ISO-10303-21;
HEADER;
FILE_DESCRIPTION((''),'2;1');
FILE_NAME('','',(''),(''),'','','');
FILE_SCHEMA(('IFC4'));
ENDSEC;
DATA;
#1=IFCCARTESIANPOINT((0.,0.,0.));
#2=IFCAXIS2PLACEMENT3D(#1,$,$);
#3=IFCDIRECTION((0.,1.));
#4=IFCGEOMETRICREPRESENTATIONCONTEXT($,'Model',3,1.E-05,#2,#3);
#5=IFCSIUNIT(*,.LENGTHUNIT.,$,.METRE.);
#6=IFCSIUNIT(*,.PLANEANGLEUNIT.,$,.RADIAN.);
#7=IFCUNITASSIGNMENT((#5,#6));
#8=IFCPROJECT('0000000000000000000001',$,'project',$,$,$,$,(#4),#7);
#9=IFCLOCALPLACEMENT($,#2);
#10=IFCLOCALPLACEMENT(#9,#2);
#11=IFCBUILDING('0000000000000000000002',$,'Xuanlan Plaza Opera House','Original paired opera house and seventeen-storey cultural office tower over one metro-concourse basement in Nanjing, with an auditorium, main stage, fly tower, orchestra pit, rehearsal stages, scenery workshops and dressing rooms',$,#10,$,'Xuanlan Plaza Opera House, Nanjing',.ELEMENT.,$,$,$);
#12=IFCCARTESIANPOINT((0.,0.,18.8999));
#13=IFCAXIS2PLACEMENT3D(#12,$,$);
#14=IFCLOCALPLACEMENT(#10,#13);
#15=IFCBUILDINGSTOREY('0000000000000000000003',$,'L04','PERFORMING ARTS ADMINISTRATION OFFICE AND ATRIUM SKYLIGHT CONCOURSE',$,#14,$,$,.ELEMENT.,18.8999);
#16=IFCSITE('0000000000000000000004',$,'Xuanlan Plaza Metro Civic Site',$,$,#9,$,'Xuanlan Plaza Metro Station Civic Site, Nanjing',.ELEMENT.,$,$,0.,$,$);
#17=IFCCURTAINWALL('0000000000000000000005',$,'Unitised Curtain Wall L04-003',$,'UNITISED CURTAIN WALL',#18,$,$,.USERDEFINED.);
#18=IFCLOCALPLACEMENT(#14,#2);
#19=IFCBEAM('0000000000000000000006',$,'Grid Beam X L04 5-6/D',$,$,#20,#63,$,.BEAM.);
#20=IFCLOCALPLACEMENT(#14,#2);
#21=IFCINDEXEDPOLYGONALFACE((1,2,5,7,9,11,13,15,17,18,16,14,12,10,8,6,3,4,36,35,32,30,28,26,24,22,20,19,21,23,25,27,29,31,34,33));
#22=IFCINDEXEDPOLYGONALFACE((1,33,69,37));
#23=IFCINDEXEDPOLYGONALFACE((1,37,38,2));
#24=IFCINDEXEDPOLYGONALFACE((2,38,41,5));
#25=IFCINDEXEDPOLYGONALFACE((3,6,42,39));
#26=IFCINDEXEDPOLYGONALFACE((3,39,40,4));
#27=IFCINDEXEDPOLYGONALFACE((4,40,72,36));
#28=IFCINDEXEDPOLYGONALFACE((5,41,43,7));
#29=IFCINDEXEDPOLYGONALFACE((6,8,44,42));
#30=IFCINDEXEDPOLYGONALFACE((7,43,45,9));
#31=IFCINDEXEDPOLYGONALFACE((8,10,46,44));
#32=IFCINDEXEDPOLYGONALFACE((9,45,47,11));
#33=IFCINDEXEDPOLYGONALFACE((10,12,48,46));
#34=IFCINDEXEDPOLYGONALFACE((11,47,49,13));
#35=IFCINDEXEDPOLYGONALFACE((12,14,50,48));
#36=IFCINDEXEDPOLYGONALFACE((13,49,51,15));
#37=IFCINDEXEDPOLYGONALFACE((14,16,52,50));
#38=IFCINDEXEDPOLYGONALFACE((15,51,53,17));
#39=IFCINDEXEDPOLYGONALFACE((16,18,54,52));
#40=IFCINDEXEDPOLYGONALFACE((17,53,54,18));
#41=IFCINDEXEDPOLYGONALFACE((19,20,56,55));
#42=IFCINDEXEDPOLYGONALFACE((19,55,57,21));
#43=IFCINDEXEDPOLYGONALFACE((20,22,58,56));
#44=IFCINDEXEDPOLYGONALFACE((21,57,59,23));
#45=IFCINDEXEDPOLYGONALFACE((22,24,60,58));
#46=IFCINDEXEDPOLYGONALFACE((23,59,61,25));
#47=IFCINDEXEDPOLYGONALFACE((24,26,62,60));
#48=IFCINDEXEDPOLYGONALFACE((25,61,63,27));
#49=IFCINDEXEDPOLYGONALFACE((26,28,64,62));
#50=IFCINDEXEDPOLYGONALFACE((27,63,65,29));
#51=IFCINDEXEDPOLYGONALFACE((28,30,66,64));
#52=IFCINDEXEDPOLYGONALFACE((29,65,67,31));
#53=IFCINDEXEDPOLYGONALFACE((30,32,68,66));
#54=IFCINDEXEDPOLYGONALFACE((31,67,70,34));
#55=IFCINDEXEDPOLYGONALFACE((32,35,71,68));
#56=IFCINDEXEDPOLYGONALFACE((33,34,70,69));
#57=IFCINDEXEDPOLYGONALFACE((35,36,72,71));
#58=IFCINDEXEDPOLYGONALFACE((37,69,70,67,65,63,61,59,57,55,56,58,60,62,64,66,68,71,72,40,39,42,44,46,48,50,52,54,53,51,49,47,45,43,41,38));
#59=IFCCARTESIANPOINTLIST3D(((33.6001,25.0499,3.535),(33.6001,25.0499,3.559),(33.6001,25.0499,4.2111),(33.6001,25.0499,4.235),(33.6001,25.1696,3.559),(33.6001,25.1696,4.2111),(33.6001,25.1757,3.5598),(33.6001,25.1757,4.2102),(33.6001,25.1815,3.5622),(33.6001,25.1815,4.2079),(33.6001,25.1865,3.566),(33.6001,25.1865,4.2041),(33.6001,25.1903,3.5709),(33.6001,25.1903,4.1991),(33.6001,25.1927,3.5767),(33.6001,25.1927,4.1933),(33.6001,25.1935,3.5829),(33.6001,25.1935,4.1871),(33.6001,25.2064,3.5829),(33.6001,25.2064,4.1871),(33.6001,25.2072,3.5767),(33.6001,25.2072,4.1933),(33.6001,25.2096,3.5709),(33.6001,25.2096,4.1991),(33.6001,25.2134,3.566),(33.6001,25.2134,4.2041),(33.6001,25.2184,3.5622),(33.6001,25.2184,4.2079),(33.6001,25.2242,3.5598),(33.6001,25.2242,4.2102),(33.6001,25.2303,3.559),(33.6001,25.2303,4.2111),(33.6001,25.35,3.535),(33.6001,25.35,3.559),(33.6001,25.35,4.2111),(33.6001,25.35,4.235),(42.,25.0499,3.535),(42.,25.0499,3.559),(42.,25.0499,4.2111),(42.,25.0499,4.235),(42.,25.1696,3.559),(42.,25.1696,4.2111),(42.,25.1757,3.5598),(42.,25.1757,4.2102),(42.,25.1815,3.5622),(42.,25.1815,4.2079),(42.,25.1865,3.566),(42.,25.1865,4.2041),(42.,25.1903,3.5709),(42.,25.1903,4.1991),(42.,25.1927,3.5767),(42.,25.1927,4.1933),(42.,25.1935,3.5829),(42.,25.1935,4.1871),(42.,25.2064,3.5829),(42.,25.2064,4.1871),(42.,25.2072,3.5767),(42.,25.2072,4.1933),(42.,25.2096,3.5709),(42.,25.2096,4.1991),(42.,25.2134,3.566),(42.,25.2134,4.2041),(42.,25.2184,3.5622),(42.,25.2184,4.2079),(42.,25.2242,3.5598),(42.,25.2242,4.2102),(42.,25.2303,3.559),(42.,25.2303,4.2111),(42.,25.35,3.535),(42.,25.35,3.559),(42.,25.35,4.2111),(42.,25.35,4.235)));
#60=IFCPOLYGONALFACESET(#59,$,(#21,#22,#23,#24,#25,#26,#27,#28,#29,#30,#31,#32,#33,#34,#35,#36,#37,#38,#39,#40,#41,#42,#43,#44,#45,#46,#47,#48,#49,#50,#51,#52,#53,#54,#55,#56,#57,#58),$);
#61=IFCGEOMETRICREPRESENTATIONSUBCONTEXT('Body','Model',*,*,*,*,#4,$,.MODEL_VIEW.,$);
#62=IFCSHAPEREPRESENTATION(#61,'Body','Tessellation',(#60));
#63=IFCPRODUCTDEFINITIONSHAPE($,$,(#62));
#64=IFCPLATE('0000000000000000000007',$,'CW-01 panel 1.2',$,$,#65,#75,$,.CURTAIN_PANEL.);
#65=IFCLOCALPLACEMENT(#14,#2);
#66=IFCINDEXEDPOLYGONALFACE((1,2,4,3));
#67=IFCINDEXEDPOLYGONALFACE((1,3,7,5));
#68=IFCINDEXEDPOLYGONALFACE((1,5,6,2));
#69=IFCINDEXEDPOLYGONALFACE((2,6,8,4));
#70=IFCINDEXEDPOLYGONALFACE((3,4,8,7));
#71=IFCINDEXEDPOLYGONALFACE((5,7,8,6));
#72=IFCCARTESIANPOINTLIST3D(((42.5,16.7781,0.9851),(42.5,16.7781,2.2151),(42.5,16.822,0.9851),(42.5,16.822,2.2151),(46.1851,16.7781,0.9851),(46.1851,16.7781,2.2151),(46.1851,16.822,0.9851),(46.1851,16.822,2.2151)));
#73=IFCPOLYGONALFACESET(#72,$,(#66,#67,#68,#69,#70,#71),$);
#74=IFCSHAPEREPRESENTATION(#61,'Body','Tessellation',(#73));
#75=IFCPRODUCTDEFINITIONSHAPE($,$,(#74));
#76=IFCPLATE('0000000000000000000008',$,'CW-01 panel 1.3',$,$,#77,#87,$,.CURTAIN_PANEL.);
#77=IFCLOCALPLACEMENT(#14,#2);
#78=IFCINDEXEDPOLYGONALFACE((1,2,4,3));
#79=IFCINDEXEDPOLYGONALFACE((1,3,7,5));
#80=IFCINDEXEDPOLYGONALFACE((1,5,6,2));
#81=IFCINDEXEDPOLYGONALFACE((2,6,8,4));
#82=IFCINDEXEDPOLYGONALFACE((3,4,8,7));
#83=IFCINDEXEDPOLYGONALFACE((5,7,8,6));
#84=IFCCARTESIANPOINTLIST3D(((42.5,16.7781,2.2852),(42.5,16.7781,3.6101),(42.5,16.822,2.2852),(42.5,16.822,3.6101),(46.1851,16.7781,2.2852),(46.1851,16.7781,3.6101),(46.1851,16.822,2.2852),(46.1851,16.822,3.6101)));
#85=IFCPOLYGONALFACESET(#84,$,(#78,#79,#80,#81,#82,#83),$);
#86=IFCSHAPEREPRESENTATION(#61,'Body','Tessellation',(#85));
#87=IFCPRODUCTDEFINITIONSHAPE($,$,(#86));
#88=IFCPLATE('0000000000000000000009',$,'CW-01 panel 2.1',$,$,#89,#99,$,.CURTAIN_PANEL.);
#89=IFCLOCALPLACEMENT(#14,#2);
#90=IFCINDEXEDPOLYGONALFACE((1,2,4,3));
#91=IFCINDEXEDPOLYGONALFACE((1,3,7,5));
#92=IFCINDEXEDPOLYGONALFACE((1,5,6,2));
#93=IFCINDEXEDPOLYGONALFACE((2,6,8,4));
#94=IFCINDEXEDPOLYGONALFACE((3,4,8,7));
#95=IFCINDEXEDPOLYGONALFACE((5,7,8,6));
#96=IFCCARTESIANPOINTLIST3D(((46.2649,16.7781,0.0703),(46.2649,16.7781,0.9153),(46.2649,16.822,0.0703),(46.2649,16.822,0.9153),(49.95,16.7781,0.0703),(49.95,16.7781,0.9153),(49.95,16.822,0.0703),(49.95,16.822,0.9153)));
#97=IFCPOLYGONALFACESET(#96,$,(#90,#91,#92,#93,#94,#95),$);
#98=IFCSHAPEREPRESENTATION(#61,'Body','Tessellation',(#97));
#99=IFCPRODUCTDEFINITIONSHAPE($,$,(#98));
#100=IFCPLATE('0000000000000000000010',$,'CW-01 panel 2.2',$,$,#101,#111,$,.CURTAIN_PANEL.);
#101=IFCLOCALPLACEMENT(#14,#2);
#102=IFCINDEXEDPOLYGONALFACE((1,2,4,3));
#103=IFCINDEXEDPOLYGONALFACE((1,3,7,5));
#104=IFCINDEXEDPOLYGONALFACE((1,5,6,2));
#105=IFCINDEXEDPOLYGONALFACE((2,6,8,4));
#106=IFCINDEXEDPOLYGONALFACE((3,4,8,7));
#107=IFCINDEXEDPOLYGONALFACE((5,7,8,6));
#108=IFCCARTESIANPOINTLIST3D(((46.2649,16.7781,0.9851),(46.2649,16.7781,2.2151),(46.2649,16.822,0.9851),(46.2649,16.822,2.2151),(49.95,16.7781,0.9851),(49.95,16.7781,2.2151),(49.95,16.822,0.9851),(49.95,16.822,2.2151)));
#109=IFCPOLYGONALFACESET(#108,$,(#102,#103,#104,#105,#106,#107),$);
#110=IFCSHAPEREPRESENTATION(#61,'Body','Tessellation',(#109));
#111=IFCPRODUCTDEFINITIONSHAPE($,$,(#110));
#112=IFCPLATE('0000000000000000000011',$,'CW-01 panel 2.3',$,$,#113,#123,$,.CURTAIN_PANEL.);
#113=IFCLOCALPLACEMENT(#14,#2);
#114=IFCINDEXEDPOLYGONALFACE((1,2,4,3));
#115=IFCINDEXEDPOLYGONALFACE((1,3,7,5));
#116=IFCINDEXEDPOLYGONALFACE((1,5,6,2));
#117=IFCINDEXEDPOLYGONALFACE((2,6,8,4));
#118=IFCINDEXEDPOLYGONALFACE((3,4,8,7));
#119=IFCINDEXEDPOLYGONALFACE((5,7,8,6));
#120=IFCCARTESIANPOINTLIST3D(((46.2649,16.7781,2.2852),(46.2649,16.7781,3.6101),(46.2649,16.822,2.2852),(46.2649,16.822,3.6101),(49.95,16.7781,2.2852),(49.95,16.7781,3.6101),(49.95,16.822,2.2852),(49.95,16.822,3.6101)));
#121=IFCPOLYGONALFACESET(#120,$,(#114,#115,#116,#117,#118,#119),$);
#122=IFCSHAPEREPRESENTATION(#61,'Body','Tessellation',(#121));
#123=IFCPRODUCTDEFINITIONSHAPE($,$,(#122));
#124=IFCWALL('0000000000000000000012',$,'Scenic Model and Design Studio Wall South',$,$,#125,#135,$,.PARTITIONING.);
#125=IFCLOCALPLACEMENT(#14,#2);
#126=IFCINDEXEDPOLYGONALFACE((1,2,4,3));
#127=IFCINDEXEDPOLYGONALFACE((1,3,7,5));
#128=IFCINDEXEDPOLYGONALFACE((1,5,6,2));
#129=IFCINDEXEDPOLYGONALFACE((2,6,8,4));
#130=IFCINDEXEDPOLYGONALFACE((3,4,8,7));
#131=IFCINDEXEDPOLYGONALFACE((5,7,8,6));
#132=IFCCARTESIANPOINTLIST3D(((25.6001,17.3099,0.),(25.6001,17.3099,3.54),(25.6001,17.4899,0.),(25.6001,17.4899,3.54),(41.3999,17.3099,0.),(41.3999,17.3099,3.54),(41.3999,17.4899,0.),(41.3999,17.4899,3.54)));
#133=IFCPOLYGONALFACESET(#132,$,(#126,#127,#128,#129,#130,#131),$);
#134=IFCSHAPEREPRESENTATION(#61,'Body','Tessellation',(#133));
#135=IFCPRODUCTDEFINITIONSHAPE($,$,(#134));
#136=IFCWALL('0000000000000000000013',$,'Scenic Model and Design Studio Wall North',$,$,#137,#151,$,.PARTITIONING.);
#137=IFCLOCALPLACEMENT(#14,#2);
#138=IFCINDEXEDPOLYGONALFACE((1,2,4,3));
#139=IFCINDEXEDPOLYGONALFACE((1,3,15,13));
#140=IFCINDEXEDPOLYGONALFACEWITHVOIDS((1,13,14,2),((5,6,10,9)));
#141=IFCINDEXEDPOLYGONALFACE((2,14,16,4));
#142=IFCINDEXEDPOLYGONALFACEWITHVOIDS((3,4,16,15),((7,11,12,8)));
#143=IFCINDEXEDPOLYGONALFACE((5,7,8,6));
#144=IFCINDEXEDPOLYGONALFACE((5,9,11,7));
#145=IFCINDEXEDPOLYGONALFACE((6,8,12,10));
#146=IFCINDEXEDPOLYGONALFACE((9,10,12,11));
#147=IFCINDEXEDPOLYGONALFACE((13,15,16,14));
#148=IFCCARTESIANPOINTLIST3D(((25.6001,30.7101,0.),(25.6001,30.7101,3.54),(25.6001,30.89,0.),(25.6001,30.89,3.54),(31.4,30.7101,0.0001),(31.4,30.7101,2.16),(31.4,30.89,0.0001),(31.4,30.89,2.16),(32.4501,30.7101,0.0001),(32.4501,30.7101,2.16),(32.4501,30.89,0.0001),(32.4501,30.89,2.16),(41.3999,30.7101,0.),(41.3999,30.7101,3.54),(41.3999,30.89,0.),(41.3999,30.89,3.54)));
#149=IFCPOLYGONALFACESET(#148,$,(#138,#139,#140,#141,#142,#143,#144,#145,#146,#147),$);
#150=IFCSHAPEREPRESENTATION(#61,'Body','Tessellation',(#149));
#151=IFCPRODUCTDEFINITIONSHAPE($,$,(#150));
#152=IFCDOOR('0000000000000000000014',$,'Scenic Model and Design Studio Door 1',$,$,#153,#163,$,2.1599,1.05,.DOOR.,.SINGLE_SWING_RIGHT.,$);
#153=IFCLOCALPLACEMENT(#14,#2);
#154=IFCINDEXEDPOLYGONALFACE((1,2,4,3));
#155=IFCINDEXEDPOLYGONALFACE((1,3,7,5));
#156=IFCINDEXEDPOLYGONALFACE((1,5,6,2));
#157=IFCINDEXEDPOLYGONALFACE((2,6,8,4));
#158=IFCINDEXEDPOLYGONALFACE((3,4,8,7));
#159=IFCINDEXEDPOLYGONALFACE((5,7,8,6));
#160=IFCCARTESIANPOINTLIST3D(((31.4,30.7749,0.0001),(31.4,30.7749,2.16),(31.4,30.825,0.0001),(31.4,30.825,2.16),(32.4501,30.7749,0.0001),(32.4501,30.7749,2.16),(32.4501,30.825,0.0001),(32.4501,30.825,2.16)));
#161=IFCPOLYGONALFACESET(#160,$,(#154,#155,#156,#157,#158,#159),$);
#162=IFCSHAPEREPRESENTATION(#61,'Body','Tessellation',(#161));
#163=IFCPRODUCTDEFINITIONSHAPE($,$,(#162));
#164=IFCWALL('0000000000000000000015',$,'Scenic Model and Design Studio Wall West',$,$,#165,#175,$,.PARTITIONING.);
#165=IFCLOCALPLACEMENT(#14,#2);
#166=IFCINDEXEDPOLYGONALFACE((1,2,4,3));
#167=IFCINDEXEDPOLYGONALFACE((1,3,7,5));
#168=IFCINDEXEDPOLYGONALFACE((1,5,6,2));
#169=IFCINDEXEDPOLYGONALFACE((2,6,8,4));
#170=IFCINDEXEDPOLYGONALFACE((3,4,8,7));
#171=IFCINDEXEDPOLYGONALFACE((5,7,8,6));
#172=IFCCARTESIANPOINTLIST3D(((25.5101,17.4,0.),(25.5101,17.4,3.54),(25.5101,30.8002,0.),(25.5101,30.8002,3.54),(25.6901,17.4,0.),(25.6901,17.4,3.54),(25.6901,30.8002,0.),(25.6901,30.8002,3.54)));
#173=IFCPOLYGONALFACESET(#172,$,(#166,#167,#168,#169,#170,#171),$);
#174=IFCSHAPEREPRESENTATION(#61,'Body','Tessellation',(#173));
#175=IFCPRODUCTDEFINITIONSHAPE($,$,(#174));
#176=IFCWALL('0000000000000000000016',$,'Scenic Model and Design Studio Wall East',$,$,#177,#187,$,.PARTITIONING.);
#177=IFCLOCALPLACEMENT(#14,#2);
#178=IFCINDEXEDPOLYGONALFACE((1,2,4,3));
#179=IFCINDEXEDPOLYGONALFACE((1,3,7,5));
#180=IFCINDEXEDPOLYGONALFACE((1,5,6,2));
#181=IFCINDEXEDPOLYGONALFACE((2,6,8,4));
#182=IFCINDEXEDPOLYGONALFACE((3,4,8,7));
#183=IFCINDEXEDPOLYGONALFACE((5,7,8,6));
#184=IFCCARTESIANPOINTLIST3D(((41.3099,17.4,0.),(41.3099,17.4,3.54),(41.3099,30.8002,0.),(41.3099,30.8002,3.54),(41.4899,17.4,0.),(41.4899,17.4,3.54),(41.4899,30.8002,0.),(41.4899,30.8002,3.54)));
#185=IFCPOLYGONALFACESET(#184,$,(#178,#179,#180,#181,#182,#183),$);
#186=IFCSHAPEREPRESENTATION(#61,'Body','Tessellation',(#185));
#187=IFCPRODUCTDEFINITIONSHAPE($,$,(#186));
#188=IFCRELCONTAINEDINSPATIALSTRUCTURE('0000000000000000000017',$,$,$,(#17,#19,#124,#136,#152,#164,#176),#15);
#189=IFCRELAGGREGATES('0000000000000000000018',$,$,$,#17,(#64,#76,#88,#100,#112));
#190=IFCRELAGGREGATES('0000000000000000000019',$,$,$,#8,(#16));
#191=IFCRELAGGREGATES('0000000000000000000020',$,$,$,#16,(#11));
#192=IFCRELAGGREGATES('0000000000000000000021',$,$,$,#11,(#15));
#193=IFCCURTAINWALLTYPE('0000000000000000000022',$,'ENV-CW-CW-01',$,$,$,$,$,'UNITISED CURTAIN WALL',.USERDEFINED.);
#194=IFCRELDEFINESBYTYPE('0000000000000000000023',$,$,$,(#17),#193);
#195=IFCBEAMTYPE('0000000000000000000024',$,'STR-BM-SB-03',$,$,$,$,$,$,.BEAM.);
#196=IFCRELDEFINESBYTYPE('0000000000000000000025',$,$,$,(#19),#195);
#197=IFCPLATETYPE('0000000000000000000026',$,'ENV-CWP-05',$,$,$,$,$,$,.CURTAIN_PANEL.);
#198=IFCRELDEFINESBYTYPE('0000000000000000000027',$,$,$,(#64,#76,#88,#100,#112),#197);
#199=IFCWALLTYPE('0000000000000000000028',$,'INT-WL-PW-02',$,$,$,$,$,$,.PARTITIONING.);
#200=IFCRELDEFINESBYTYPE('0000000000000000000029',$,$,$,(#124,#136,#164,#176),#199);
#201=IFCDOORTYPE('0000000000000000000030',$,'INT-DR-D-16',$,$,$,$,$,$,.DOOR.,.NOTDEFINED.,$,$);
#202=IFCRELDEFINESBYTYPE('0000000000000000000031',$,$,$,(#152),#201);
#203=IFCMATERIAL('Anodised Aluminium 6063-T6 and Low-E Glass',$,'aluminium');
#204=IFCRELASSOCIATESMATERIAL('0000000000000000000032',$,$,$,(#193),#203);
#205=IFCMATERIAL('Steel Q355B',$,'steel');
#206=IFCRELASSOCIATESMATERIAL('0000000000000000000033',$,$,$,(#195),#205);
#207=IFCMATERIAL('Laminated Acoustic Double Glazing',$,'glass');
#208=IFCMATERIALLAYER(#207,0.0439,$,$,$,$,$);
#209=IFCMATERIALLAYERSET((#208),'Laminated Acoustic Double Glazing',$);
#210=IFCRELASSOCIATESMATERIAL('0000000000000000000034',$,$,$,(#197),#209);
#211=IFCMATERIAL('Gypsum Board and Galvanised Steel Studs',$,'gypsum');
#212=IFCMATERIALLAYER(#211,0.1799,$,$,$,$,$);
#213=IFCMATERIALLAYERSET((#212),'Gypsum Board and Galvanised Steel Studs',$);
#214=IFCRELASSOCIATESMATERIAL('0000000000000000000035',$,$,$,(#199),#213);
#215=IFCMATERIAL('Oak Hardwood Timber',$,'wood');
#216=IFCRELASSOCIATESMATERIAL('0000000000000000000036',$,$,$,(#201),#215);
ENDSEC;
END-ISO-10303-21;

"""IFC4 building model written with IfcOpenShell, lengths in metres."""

from ifc_helpers import new_model, si_unit, direction, frame, frame_2d, origin, origin_2d, place, context, subcontext, project, spatial, rectangle, i_section, extrude, material, layer, layer_set, material_profile, profile_set, type_object, element, fill, aggregate, save


model = new_model("IFC4")

# Units and contexts
model_context = context("Model", 3, precision=1e-05, world=origin(), true_north=direction((0.0, 1.0)))
body_context = subcontext(model_context, "Body", "Model", "MODEL_VIEW")
ifc_project = project(units=[si_unit("LENGTHUNIT", "METRE"), si_unit("PLANEANGLEUNIT", "RADIAN")], contexts=[model_context])

# Site, building, storey
site_placement = place(None, origin())
site = spatial("IfcSite", under=ifc_project, at=site_placement, Name="Xuanlan Plaza Metro Civic Site", LongName="Xuanlan Plaza Metro Station Civic Site, Nanjing", CompositionType="ELEMENT", RefElevation=0.0)
building_placement = place(site_placement, origin())
building = spatial("IfcBuilding", under=site, at=building_placement, Name="Xuanlan Plaza Opera House", Description="Original paired opera house and seventeen-storey cultural office tower over one metro-concourse basement in Nanjing, with an auditorium, main stage, fly tower, orchestra pit, rehearsal stages, scenery workshops and dressing rooms", LongName="Xuanlan Plaza Opera House, Nanjing", CompositionType="ELEMENT")
storey_placement = place(building_placement, frame((0.0, 0.0, 18.8999)))
storey = spatial("IfcBuildingStorey", under=building, at=storey_placement, Name="L04", Description="PERFORMING ARTS ADMINISTRATION OFFICE AND ATRIUM SKYLIGHT CONCOURSE", CompositionType="ELEMENT", Elevation=18.8999)

# Curtain wall
ifc_material_1 = material(Name="Anodised Aluminium 6063-T6 and Low-E Glass", Category="aluminium")
curtain_wall_type = type_object("IfcCurtainWallType", Name="ENV-CW-CW-01", ElementType="UNITISED CURTAIN WALL", PredefinedType="USERDEFINED", material=ifc_material_1)
curtain_wall_placement = place(storey_placement, origin())
curtain_wall = element("IfcCurtainWall", 1, at=curtain_wall_placement, inside=storey, type_object=curtain_wall_type, Name="Unitised Curtain Wall L04-003", ObjectType="UNITISED CURTAIN WALL", PredefinedType="USERDEFINED")

# Beam
ifc_material_2 = material(Name="Steel Q355B", Category="steel")
ifc_material_profile_1 = material_profile(ifc_material_2, i_section(OverallWidth=0.3, OverallDepth=0.7, WebThickness=0.0129, FlangeThickness=0.0239, FilletRadius=0.0239, at=origin_2d()), Name="HN 700x300x13x24")
ifc_profile_set_1 = profile_set([ifc_material_profile_1], Name="Steel Q355B")
beam_type_1 = type_object("IfcBeamType", Name="STR-BM-SB-03", PredefinedType="BEAM", material=ifc_profile_set_1)
beam_1_placement = place(storey_placement, frame((33.6001, 25.2, 3.885), z_axis=(1.0, 0.0, 0.0), x_axis=(0.0, 1.0, 0.0)))
element("IfcBeam", 2, at=beam_1_placement, inside=storey, type_object=beam_type_1, Name="Grid Beam X L04 5-6/D", PredefinedType="BEAM", context=body_context, shape_type="SweptSolid", body=[
    extrude(i_section(OverallWidth=0.3, OverallDepth=0.7, WebThickness=0.0129, FlangeThickness=0.0239, FilletRadius=0.0239, at=origin_2d()), origin(), (0.0, 0.0, 1.0), 8.3999),
])

# Plates
ifc_material_3 = material(Name="Laminated Acoustic Double Glazing", Category="glass")
ifc_layer_1 = layer(ifc_material_3, 0.0439)
ifc_layer_set_1 = layer_set([ifc_layer_1], Name="Laminated Acoustic Double Glazing")
plate_type = type_object("IfcPlateType", Name="ENV-CWP-05", PredefinedType="CURTAIN_PANEL", material=ifc_layer_set_1)
plate_1_placement = place(storey_placement, frame((44.3425, 16.8, 0.9851), z_axis=(0.0, 0.0, 1.0), x_axis=(1.0, 0.0, 0.0)))
plate_1 = element("IfcPlate", 3, at=plate_1_placement, type_object=plate_type, Name="CW-01 panel 1.2", PredefinedType="CURTAIN_PANEL", context=body_context, shape_type="SweptSolid", body=[
    extrude(rectangle(XDim=3.6851, YDim=0.0439, at=origin_2d()), origin(), (0.0, 0.0, 1.0), 1.23),
])
plate_2_placement = place(storey_placement, frame((44.3425, 16.8, 2.2852), z_axis=(0.0, 0.0, 1.0), x_axis=(1.0, 0.0, 0.0)))
plate_2 = element("IfcPlate", 4, at=plate_2_placement, type_object=plate_type, Name="CW-01 panel 1.3", PredefinedType="CURTAIN_PANEL", context=body_context, shape_type="SweptSolid", body=[
    extrude(rectangle(XDim=3.6851, YDim=0.0439, at=origin_2d()), origin(), (0.0, 0.0, 1.0), 1.325),
])
plate_3_placement = place(storey_placement, frame((48.1074, 16.8, 0.0703), z_axis=(0.0, 0.0, 1.0), x_axis=(1.0, 0.0, 0.0)))
plate_3 = element("IfcPlate", 5, at=plate_3_placement, type_object=plate_type, Name="CW-01 panel 2.1", PredefinedType="CURTAIN_PANEL", context=body_context, shape_type="SweptSolid", body=[
    extrude(rectangle(XDim=3.6851, YDim=0.0439, at=origin_2d()), origin(), (0.0, 0.0, 1.0), 0.845),
])
plate_4_placement = place(storey_placement, frame((48.1074, 16.8, 0.9851), z_axis=(0.0, 0.0, 1.0), x_axis=(1.0, 0.0, 0.0)))
plate_4 = element("IfcPlate", 6, at=plate_4_placement, type_object=plate_type, Name="CW-01 panel 2.2", PredefinedType="CURTAIN_PANEL", context=body_context, shape_type="SweptSolid", body=[
    extrude(rectangle(XDim=3.6851, YDim=0.0439, at=origin_2d()), origin(), (0.0, 0.0, 1.0), 1.23),
])
plate_5_placement = place(storey_placement, frame((48.1074, 16.8, 2.2852), z_axis=(0.0, 0.0, 1.0), x_axis=(1.0, 0.0, 0.0)))
plate_5 = element("IfcPlate", 7, at=plate_5_placement, type_object=plate_type, Name="CW-01 panel 2.3", PredefinedType="CURTAIN_PANEL", context=body_context, shape_type="SweptSolid", body=[
    extrude(rectangle(XDim=3.6851, YDim=0.0439, at=origin_2d()), origin(), (0.0, 0.0, 1.0), 1.325),
])
aggregate(curtain_wall, [plate_1, plate_2, plate_3, plate_4, plate_5])

# Wall
ifc_material_4 = material(Name="Gypsum Board and Galvanised Steel Studs", Category="gypsum")
ifc_layer_2 = layer(ifc_material_4, 0.1799)
ifc_layer_set_2 = layer_set([ifc_layer_2], Name="Gypsum Board and Galvanised Steel Studs")
wall_type = type_object("IfcWallType", Name="INT-WL-PW-02", PredefinedType="PARTITIONING", material=ifc_layer_set_2)
wall_1_placement = place(storey_placement, frame((25.6001, 17.3999, 0.0), z_axis=(0.0, 0.0, 1.0), x_axis=(1.0, 0.0, 0.0)))
element("IfcWall", 8, at=wall_1_placement, inside=storey, type_object=wall_type, Name="Scenic Model and Design Studio Wall South", PredefinedType="PARTITIONING", context=body_context, shape_type="SweptSolid", body=[
    extrude(rectangle(XDim=15.7998, YDim=0.1799, at=frame_2d((7.8999, 0.0))), origin(), (0.0, 0.0, 1.0), 3.54),
])

# Wall, opening, door
wall_2_placement = place(storey_placement, frame((25.6001, 30.8, 0.0), z_axis=(0.0, 0.0, 1.0), x_axis=(1.0, 0.0, 0.0)))
wall_2 = element("IfcWall", 9, at=wall_2_placement, inside=storey, type_object=wall_type, Name="Scenic Model and Design Studio Wall North", PredefinedType="PARTITIONING", context=body_context, shape_type="SweptSolid", body=[
    extrude(rectangle(XDim=15.7998, YDim=0.1799, at=frame_2d((7.8999, 0.0))), origin(), (0.0, 0.0, 1.0), 3.54),
])
opening_1_placement = place(wall_2_placement, frame((5.8, 0.0, 0.0)))
opening_1 = element("IfcOpeningElement", 10, at=opening_1_placement, cuts=wall_2, PredefinedType="OPENING", context=body_context, shape_type="SweptSolid", body=[
    extrude(rectangle(XDim=1.05, YDim=2.1599, at=frame_2d((0.5249, 1.0801))), frame((0.0, 0.0999, 0.0), z_axis=(0.0, -1.0, 0.0), x_axis=(1.0, 0.0, 0.0)), (0.0, 0.0, 1.0), 0.2),
])
ifc_material_5 = material(Name="Oak Hardwood Timber", Category="wood")
door_type_1 = type_object("IfcDoorType", Name="INT-DR-D-16", OperationType="NOTDEFINED", PredefinedType="DOOR", material=ifc_material_5)
door_1_placement = place(opening_1_placement, origin())
door_1 = element("IfcDoor", 11, at=door_1_placement, inside=storey, type_object=door_type_1, Name="Scenic Model and Design Studio Door 1", OperationType="SINGLE_SWING_RIGHT", OverallHeight=2.1599, OverallWidth=1.05, PredefinedType="DOOR", context=body_context, shape_type="SweptSolid", body=[
    extrude(rectangle(XDim=1.05, YDim=2.1599, at=frame_2d((0.5249, 1.0801))), frame((0.0, 0.0249, 0.0), z_axis=(0.0, -1.0, 0.0), x_axis=(1.0, 0.0, 0.0)), (0.0, 0.0, 1.0), 0.05),
])
fill(opening_1, door_1)

# Walls
for number, where, z_axis, x_axis, name in (
    (12, (25.6001, 17.3999, 0.0), (0.0, 0.0, 1.0), (0.0, 1.0, 0.0), "Scenic Model and Design Studio Wall West"),
    (13, (41.3999, 17.3999, 0.0), (0.0, 0.0, 1.0), (0.0, 1.0, 0.0), "Scenic Model and Design Studio Wall East"),
):
    element("IfcWall", number, at=place(storey_placement, frame(where, z_axis=z_axis, x_axis=x_axis)), inside=storey, type_object=wall_type, Name=name, PredefinedType="PARTITIONING", context=body_context, shape_type="SweptSolid", body=[
        extrude(rectangle(XDim=13.4001, YDim=0.1799, at=frame_2d((6.7002, 0.0))), origin(), (0.0, 0.0, 1.0), 3.54),
    ])

save(model, "model.ifc")
